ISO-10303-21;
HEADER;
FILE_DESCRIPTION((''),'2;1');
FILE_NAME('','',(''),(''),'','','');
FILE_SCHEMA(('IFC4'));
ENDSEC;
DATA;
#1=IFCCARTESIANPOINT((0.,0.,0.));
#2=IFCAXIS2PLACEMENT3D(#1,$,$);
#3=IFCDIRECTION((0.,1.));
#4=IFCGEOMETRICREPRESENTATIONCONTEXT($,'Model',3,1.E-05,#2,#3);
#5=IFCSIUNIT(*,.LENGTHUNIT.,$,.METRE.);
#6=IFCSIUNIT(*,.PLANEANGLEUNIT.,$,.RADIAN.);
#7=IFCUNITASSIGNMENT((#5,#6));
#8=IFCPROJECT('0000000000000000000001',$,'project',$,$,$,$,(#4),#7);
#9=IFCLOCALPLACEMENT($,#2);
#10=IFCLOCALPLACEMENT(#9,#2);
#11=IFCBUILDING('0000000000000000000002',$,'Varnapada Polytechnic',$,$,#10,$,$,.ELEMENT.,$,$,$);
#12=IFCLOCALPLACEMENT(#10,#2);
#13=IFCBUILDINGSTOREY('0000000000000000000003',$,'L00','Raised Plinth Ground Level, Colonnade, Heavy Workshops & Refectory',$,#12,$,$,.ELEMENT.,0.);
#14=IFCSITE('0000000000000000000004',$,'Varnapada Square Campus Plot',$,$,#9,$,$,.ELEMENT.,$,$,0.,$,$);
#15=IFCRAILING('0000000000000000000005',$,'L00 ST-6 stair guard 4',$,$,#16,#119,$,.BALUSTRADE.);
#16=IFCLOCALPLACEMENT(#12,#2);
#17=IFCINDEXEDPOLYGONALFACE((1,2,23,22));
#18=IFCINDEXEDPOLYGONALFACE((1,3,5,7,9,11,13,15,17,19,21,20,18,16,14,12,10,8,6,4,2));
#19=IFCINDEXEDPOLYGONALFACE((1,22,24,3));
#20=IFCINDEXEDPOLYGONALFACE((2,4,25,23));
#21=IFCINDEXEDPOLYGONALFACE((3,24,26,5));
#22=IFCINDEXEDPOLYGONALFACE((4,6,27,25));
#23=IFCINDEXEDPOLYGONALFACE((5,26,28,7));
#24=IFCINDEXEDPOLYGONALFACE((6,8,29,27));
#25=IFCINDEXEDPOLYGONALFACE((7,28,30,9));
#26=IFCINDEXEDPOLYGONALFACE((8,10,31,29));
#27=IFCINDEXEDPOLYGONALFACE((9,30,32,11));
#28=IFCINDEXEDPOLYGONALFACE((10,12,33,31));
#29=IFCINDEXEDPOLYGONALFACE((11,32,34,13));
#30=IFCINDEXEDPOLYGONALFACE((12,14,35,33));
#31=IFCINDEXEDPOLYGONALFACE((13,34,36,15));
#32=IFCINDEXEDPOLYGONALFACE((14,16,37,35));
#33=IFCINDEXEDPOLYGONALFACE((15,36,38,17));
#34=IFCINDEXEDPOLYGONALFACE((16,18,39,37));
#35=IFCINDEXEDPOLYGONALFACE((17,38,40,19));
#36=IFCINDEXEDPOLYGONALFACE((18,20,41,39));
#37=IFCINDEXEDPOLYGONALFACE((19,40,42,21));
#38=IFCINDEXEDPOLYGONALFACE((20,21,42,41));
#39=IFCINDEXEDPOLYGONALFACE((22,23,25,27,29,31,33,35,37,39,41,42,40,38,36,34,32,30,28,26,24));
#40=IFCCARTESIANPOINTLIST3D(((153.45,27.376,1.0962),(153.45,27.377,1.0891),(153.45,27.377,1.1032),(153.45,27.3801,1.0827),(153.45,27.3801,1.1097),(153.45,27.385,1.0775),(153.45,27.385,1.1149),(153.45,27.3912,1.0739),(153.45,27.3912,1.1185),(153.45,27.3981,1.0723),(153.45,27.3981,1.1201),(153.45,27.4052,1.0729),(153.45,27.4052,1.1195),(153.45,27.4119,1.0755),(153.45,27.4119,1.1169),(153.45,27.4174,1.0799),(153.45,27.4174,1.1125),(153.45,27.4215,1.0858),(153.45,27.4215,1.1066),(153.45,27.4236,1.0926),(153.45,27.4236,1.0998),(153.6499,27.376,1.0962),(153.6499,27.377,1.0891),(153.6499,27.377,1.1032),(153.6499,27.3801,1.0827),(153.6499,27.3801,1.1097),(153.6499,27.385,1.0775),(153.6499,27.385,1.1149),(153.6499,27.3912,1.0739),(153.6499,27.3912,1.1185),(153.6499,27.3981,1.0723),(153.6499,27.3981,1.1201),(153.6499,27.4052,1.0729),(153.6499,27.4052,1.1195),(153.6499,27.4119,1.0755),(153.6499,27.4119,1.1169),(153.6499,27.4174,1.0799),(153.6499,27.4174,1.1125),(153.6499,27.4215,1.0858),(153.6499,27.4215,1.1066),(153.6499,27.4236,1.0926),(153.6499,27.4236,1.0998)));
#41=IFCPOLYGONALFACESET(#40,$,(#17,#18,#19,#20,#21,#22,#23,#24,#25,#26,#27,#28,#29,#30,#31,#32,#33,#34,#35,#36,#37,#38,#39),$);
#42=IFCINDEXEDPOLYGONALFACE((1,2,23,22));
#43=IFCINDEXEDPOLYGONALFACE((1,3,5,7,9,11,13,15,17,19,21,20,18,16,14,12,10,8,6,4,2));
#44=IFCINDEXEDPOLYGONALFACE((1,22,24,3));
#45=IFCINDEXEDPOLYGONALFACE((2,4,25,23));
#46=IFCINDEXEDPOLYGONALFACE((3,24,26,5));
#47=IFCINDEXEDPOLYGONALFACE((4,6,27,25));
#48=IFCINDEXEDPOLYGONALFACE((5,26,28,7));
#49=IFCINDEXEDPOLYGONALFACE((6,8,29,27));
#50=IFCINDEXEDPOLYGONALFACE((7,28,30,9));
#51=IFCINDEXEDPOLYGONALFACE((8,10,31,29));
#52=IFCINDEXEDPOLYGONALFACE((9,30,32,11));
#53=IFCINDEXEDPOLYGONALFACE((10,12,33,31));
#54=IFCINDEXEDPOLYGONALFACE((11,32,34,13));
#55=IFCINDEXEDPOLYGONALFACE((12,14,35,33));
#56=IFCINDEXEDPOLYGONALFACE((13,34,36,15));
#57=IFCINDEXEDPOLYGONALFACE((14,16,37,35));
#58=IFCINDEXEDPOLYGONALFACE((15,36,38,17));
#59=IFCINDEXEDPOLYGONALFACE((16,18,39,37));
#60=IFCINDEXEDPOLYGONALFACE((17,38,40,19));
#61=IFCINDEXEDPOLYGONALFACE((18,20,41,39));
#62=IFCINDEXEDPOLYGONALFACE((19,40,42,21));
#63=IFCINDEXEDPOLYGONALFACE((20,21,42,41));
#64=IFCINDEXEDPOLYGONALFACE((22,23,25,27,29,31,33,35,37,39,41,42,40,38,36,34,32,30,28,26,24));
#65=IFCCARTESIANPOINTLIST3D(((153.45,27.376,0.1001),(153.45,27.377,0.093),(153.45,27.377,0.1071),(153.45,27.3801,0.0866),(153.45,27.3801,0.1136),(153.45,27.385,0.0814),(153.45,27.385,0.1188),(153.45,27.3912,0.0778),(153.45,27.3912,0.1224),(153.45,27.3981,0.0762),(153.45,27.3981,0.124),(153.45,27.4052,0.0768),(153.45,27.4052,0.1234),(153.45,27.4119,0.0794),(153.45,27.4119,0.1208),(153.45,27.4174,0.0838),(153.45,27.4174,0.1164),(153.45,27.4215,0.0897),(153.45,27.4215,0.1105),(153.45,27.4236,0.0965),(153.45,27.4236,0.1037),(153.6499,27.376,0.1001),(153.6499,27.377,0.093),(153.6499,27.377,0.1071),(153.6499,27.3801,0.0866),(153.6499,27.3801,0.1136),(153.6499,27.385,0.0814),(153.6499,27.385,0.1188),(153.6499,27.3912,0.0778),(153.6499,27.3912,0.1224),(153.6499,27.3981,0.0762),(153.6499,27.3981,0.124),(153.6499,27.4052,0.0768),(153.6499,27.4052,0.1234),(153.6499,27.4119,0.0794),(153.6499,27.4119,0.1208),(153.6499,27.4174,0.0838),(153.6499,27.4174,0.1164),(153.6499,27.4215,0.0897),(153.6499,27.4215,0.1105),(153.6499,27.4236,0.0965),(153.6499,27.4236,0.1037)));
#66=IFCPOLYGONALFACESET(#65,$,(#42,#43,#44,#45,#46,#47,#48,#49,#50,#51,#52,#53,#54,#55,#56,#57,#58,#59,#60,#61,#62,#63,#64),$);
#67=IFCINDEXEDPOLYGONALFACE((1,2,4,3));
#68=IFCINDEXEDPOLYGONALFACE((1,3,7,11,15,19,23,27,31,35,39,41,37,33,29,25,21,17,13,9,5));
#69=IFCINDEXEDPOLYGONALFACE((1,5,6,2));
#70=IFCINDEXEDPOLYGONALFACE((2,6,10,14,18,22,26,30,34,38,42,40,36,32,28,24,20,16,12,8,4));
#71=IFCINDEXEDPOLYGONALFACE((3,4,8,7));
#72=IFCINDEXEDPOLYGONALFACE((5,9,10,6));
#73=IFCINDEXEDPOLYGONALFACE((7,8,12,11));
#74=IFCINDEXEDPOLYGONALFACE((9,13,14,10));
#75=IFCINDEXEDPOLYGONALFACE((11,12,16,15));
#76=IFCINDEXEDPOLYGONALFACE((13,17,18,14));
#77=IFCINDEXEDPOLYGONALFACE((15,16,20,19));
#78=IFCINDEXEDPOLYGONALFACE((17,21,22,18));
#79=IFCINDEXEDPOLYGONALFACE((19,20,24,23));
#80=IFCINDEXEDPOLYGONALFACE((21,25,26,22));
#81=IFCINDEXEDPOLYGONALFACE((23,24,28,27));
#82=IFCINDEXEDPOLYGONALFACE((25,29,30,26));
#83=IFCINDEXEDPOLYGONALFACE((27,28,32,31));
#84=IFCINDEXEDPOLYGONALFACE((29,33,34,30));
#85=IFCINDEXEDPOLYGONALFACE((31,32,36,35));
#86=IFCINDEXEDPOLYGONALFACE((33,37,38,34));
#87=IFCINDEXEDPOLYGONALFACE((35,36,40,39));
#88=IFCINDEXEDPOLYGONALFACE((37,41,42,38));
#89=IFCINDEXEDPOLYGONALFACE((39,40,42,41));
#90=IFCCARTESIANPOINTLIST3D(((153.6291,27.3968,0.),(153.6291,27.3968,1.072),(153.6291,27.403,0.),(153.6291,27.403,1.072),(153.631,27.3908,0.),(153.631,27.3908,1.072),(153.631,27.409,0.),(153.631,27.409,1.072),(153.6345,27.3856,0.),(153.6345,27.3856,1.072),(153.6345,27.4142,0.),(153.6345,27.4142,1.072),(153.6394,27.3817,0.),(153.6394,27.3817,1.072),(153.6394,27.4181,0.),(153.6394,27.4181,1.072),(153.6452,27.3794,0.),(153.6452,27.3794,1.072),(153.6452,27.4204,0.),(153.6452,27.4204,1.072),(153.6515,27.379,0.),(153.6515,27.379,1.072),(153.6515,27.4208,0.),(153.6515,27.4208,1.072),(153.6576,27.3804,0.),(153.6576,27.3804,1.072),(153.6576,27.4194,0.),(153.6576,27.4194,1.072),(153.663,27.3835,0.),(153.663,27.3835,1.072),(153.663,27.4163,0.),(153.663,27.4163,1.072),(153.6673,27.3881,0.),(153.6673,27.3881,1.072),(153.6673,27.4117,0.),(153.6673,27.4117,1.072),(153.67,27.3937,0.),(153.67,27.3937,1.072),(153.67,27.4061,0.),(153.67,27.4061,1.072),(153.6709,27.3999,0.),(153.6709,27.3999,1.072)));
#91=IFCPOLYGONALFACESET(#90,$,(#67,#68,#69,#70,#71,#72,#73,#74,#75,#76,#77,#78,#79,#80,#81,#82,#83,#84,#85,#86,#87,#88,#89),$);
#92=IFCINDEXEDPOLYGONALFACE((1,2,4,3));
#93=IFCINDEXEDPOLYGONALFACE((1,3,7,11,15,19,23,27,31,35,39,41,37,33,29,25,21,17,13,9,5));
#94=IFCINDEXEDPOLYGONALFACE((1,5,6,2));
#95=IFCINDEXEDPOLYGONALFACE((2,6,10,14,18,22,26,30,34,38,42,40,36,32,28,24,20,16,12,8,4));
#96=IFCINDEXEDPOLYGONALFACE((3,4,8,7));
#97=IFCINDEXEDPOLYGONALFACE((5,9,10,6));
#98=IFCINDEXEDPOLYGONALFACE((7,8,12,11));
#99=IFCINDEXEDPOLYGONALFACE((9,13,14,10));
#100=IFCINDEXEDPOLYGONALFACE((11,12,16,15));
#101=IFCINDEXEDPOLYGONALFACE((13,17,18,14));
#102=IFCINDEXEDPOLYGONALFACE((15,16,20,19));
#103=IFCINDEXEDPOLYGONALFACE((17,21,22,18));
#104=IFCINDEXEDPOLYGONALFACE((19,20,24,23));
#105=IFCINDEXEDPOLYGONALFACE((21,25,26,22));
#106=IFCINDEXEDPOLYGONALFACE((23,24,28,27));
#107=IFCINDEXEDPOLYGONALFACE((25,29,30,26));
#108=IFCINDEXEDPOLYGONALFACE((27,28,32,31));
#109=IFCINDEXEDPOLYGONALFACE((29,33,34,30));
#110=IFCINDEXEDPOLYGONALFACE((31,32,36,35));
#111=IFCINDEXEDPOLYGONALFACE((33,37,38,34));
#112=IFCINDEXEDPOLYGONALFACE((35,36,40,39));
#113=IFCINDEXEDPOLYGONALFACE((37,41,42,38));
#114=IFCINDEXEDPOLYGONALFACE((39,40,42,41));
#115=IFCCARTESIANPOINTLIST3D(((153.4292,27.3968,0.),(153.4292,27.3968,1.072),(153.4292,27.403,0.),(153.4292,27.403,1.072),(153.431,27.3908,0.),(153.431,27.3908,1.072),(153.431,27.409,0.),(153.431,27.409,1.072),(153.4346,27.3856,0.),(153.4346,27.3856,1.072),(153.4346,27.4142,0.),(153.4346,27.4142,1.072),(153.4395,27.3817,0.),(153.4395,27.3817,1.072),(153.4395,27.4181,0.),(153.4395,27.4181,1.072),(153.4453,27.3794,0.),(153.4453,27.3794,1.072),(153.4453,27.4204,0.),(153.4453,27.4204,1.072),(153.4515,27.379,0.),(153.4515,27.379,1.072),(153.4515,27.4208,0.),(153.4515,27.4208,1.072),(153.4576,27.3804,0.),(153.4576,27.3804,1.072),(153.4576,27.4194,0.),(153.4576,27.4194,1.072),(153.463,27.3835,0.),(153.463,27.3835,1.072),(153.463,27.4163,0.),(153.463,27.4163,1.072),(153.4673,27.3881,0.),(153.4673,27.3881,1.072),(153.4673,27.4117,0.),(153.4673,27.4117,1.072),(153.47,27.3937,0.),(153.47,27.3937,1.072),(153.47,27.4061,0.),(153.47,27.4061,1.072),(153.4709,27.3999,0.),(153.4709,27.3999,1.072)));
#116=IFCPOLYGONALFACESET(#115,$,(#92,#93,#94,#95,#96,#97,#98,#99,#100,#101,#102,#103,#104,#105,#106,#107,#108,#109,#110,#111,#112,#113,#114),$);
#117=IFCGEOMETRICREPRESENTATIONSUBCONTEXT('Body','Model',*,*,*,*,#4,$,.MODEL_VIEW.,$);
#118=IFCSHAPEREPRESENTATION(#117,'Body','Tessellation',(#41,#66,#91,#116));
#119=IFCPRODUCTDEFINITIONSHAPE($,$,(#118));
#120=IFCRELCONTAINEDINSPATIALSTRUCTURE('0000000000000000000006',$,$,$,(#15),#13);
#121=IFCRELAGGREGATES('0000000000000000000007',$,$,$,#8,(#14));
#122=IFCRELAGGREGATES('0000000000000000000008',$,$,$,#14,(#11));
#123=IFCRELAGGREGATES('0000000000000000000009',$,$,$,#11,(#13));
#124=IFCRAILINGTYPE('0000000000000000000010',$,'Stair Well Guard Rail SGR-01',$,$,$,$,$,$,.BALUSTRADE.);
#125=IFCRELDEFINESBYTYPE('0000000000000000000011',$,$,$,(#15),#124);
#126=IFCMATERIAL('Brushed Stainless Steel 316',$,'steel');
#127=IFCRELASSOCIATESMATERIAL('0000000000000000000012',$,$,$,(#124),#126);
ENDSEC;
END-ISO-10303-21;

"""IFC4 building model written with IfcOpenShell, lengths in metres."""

from ifc_helpers import new_model, si_unit, direction, frame, origin, origin_2d, place, context, subcontext, project, spatial, circle, extrude, material, type_object, element, save


model = new_model("IFC4")

# Units and contexts
model_context = context("Model", 3, precision=1e-05, world=origin(), true_north=direction((0.0, 1.0)))
body_context = subcontext(model_context, "Body", "Model", "MODEL_VIEW")
ifc_project = project(units=[si_unit("LENGTHUNIT", "METRE"), si_unit("PLANEANGLEUNIT", "RADIAN")], contexts=[model_context])

# Site, building, storey
site_placement = place(None, origin())
site = spatial("IfcSite", under=ifc_project, at=site_placement, Name="Varnapada Square Campus Plot", CompositionType="ELEMENT", RefElevation=0.0)
building_placement = place(site_placement, origin())
building = spatial("IfcBuilding", under=site, at=building_placement, Name="Varnapada Polytechnic", CompositionType="ELEMENT")
storey_placement = place(building_placement, origin())
storey = spatial("IfcBuildingStorey", under=building, at=storey_placement, Name="L00", Description="Raised Plinth Ground Level, Colonnade, Heavy Workshops & Refectory", CompositionType="ELEMENT", Elevation=0.0)

# Shared definitions
ifc_material_1 = material(Name="Brushed Stainless Steel 316", Category="steel")

# Railing
railing_type_1 = type_object("IfcRailingType", Name="Stair Well Guard Rail SGR-01", PredefinedType="BALUSTRADE", material=ifc_material_1)
railing_1_placement = place(storey_placement, frame((153.6499, 27.3999, 0.0)))
element("IfcRailing", 1, at=railing_1_placement, inside=storey, type_object=railing_type_1, Name="L00 ST-6 stair guard 4", PredefinedType="BALUSTRADE", context=body_context, shape_type="SweptSolid", body=[
    extrude(circle(Radius=0.0239, at=origin_2d()), frame((0.0, 0.0, 1.0962), z_axis=(-1.0, 0.0, 0.0), x_axis=(0.0, -1.0, 0.0)), (0.0, 0.0, 1.0), 0.2),
    extrude(circle(Radius=0.0239, at=origin_2d()), frame((0.0, 0.0, 0.1001), z_axis=(-1.0, 0.0, 0.0), x_axis=(0.0, -1.0, 0.0)), (0.0, 0.0, 1.0), 0.2),
    extrude(circle(Radius=0.021, at=origin_2d()), origin(), (0.0, 0.0, 1.0), 1.072),
    extrude(circle(Radius=0.021, at=origin_2d()), frame((-0.2, 0.0, 0.0)), (0.0, 0.0, 1.0), 1.072),
])

save(model, "model.ifc")
